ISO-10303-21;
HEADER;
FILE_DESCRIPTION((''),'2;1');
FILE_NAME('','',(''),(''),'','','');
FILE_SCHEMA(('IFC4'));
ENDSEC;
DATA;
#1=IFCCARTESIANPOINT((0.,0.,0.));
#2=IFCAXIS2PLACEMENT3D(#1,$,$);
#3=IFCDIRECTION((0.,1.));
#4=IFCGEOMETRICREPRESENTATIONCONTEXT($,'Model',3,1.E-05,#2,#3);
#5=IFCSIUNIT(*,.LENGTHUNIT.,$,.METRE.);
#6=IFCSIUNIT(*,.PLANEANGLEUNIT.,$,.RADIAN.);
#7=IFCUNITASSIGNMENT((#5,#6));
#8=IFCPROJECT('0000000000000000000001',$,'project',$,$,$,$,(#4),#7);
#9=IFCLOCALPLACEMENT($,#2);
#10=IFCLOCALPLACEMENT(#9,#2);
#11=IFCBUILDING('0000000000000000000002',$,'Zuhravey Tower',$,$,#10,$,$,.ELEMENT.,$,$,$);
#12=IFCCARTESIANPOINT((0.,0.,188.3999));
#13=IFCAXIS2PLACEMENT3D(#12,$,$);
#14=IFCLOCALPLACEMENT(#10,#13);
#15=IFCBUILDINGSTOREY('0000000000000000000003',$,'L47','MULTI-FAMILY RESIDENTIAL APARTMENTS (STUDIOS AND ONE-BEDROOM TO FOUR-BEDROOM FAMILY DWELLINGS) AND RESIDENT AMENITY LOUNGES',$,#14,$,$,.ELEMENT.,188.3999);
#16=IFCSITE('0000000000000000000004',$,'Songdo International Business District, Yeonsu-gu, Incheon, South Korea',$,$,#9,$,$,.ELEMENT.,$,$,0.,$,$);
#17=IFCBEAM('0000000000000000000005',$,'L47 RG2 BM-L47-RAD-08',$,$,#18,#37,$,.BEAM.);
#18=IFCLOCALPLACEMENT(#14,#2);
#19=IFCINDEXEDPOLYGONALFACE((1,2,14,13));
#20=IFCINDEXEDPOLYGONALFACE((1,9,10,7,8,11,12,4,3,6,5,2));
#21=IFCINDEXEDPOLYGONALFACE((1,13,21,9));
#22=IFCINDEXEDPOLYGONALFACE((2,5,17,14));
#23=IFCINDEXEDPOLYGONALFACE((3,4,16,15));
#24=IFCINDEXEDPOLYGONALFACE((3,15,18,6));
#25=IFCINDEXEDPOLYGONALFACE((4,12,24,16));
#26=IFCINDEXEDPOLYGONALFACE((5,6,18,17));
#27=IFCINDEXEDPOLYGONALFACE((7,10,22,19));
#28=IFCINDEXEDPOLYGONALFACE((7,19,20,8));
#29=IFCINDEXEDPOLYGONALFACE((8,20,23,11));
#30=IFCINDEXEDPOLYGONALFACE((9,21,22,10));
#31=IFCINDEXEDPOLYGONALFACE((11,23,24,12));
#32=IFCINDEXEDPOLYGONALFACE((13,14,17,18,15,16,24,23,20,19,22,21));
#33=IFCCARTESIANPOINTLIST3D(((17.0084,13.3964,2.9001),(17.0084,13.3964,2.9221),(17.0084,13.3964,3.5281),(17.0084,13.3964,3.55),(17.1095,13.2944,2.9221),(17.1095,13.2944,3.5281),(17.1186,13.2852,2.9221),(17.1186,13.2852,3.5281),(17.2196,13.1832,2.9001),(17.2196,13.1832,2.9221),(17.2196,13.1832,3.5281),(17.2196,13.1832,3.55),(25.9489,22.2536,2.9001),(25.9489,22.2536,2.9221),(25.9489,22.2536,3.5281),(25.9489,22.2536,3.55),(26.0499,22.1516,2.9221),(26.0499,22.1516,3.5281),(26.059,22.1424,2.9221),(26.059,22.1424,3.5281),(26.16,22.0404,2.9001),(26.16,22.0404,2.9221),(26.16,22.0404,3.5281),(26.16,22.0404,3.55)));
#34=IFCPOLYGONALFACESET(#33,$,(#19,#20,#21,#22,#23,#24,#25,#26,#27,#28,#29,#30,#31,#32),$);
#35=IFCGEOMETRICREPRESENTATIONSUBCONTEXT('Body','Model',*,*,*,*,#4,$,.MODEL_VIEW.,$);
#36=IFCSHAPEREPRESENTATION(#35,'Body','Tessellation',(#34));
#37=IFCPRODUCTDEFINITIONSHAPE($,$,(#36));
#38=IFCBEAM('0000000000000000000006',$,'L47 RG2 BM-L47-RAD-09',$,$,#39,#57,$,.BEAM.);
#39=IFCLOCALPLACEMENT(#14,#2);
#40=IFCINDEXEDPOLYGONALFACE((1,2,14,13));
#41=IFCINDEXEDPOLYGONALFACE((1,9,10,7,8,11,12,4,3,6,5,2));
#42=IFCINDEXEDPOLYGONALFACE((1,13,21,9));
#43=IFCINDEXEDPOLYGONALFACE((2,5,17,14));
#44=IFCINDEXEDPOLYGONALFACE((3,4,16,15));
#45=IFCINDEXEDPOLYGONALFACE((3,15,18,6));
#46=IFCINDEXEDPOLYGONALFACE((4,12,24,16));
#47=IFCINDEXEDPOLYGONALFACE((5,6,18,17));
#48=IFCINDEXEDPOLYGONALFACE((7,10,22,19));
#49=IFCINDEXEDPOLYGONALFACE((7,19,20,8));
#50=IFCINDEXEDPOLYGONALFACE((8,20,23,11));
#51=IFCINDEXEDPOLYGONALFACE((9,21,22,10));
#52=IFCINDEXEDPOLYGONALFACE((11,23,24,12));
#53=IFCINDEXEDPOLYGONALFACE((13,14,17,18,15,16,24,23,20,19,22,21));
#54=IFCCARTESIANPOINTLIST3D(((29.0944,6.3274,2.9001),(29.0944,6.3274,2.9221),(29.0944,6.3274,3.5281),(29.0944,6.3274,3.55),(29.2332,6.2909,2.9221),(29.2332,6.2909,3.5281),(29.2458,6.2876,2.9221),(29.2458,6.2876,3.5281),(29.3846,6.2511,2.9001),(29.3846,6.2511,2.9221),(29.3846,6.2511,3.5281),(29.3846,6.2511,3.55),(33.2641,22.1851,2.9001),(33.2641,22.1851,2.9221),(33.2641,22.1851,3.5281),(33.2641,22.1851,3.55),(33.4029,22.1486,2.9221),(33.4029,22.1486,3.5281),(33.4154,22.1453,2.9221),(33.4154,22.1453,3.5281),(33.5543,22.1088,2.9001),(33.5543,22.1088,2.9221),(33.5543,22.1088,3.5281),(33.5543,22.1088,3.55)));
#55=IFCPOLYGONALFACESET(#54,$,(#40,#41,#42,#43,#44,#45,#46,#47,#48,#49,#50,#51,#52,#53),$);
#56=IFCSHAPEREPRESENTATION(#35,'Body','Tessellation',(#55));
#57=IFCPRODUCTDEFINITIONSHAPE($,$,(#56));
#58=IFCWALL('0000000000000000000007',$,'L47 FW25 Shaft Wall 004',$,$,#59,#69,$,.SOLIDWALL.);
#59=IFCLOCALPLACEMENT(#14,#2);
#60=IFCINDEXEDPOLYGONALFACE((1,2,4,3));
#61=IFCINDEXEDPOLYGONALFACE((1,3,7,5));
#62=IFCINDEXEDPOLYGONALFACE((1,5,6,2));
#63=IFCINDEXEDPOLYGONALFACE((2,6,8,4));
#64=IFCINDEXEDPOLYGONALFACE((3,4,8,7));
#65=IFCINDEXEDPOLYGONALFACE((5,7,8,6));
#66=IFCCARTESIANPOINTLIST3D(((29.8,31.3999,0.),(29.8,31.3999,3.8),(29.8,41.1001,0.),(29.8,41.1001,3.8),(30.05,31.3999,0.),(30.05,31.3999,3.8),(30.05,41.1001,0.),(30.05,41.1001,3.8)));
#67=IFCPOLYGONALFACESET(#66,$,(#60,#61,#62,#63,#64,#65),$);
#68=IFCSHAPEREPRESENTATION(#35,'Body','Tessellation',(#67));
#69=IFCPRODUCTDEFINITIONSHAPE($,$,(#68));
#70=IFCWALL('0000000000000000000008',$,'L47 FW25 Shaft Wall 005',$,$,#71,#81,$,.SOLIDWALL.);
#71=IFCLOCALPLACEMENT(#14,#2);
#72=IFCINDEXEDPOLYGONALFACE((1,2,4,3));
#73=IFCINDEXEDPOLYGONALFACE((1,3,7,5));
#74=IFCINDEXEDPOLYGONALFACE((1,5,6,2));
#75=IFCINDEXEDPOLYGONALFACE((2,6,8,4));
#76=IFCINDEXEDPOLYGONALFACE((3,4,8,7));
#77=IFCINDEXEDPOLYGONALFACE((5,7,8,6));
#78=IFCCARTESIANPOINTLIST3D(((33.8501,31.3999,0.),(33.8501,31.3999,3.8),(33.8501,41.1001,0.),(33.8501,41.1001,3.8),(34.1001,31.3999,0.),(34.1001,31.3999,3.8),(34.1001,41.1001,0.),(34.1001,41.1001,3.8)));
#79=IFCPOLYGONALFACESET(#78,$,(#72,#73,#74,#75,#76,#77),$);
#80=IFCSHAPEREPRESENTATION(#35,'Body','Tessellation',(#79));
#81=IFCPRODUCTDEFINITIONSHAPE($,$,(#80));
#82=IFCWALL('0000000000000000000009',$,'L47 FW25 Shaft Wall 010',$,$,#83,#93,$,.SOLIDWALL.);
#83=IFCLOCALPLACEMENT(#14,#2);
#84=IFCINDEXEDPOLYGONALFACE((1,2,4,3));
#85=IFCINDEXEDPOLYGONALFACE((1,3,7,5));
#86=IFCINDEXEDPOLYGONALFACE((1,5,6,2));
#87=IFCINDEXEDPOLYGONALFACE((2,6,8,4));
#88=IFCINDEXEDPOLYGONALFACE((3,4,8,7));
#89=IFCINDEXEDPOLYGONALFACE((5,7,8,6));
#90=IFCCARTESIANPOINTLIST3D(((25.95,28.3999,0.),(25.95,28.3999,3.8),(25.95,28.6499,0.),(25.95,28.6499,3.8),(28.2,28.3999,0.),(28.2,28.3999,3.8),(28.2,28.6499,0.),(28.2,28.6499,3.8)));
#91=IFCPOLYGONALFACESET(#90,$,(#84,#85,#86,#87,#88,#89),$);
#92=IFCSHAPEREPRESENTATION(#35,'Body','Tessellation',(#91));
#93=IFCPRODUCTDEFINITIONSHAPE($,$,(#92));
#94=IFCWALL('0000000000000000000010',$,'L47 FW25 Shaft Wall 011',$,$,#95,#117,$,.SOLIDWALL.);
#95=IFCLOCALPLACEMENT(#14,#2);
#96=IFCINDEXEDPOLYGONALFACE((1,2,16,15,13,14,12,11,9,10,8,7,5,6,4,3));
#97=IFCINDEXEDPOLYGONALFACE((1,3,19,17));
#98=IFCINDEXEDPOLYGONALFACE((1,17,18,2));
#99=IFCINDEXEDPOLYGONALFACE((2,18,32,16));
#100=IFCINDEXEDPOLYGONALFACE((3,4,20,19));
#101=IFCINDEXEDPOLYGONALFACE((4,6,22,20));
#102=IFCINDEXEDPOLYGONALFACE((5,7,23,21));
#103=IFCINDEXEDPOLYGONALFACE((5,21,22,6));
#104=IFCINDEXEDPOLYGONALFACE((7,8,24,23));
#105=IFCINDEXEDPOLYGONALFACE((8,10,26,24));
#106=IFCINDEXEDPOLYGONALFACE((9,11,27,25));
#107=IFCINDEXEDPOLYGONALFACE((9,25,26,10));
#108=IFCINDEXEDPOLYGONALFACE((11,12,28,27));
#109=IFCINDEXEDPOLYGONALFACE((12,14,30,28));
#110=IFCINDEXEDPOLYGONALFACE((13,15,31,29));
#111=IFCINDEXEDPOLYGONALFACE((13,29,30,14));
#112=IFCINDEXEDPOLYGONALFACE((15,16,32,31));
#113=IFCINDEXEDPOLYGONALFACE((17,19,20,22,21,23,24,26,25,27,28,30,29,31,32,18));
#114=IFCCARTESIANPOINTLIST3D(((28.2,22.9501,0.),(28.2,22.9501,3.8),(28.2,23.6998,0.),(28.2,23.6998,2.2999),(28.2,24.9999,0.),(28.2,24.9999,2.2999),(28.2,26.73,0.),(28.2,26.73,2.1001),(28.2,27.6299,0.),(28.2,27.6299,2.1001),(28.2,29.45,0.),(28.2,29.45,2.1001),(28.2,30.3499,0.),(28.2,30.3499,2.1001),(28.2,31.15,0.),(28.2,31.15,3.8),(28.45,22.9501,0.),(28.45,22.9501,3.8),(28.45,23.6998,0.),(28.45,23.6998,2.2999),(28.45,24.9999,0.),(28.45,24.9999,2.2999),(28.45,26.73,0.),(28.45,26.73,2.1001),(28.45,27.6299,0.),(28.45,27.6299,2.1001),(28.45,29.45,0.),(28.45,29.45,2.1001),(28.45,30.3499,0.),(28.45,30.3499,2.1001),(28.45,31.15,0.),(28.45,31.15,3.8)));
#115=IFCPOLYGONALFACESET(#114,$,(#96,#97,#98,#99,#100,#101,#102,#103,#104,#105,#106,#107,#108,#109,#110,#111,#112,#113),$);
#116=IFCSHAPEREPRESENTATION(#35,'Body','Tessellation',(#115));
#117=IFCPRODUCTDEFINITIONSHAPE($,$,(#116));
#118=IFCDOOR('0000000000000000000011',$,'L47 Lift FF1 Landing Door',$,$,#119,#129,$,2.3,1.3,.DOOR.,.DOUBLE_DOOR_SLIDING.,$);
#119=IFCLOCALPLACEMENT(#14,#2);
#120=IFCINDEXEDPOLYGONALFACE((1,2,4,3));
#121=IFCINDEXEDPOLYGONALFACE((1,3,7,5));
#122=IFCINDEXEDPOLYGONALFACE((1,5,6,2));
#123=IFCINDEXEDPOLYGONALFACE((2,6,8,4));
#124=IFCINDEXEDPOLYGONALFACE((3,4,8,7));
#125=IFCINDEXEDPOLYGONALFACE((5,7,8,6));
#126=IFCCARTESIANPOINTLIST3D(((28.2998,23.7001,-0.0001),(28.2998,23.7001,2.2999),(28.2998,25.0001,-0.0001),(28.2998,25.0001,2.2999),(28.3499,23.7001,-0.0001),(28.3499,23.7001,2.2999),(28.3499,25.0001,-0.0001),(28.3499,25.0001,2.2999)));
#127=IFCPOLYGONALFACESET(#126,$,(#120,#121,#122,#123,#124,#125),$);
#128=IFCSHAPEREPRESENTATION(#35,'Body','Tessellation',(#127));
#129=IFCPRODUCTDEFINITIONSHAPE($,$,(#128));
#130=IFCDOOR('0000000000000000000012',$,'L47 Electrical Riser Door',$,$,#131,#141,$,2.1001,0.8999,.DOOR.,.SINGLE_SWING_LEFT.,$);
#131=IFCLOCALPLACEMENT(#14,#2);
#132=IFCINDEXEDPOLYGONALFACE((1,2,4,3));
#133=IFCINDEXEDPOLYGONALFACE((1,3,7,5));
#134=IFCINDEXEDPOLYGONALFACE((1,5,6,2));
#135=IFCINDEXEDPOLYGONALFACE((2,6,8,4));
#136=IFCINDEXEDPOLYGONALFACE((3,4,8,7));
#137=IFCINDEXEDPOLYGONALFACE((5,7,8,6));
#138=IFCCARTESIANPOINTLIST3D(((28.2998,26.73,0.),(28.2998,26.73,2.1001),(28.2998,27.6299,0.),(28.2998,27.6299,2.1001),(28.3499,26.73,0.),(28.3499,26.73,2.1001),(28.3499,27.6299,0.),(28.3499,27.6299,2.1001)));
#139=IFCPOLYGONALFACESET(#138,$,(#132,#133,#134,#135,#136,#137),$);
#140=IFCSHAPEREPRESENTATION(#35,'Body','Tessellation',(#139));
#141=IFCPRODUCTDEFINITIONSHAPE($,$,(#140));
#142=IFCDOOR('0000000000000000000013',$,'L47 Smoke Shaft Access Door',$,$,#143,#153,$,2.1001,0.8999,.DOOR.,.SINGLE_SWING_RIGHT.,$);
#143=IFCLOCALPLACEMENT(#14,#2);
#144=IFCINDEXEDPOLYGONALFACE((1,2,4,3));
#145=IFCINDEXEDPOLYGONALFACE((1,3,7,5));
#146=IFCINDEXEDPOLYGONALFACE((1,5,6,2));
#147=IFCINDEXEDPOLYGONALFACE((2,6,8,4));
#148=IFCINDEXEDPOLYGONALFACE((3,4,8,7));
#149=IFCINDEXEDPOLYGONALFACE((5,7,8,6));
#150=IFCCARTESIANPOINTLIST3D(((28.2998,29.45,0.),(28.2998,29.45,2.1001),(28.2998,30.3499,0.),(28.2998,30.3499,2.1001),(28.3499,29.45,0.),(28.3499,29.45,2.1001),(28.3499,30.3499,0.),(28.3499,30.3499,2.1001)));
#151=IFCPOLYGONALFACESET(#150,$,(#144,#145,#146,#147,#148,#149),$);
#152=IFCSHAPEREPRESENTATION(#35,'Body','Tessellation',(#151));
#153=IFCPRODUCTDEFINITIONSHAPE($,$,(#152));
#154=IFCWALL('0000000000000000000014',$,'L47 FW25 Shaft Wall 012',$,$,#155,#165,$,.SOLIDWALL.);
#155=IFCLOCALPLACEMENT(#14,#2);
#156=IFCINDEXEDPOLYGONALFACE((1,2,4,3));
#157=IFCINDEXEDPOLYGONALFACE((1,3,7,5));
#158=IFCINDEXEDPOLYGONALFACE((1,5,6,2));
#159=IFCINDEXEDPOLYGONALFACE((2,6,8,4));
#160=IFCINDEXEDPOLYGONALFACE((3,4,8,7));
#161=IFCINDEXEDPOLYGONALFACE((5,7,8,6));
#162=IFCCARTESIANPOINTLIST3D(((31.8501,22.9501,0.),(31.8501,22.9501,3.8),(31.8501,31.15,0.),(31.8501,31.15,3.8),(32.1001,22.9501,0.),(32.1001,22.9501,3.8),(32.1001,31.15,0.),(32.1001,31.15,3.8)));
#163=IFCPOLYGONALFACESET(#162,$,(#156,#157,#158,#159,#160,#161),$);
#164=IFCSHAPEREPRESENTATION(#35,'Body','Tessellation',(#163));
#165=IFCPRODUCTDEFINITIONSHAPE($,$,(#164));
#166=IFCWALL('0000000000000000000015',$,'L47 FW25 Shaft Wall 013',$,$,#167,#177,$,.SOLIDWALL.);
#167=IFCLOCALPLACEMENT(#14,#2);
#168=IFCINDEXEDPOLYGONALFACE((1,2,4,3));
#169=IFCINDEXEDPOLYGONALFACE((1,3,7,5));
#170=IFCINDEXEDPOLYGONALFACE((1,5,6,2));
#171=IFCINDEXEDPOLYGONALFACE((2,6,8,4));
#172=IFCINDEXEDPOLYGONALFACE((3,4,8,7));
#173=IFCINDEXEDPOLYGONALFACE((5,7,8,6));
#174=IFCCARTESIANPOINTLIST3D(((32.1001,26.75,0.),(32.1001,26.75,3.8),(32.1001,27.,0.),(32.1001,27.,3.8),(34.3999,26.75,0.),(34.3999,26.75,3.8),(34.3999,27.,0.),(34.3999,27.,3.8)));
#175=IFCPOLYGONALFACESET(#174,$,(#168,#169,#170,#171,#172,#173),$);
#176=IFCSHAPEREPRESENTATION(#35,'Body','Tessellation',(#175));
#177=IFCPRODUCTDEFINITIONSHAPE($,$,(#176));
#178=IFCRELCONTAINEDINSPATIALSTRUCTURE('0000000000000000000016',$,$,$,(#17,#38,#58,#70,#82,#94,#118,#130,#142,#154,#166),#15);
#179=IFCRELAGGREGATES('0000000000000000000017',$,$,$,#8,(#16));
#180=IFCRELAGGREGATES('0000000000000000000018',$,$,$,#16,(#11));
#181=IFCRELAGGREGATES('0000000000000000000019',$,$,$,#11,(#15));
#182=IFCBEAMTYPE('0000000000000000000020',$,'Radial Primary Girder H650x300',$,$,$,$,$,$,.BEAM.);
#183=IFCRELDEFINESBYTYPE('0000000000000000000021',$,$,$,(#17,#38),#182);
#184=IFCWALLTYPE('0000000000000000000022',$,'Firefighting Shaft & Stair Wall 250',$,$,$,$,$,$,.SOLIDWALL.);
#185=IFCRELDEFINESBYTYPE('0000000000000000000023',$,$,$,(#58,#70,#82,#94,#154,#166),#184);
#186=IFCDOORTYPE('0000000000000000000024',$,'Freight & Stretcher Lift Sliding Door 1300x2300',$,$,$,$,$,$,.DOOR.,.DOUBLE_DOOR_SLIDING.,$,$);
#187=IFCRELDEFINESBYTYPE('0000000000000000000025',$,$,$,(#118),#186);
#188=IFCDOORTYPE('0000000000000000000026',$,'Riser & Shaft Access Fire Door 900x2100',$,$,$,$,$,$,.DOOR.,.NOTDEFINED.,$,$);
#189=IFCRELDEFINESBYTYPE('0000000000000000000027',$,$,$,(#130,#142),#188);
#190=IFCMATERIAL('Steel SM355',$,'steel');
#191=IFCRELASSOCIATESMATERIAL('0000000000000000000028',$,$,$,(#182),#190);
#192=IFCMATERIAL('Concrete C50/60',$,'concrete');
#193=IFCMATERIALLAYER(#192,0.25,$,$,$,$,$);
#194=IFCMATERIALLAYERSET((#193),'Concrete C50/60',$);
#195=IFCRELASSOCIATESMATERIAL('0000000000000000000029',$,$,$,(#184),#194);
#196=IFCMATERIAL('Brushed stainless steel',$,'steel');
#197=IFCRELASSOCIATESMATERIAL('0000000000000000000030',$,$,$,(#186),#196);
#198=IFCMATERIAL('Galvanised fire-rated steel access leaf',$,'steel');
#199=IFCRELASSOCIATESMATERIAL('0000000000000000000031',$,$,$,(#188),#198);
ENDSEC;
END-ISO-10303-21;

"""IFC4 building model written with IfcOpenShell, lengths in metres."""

from ifc_helpers import new_model, si_unit, direction, frame, frame_2d, origin, origin_2d, place, context, subcontext, project, spatial, rectangle, i_section, extrude, material, layer, layer_set, material_profile, profile_set, type_object, element, fill, save


model = new_model("IFC4")

# Units and contexts
model_context = context("Model", 3, precision=1e-05, world=origin(), true_north=direction((0.0, 1.0)))
body_context = subcontext(model_context, "Body", "Model", "MODEL_VIEW")
ifc_project = project(units=[si_unit("LENGTHUNIT", "METRE"), si_unit("PLANEANGLEUNIT", "RADIAN")], contexts=[model_context])

# Site, building, storey
site_placement = place(None, origin())
site = spatial("IfcSite", under=ifc_project, at=site_placement, Name="Songdo International Business District, Yeonsu-gu, Incheon, South Korea", CompositionType="ELEMENT", RefElevation=0.0)
building_placement = place(site_placement, origin())
building = spatial("IfcBuilding", under=site, at=building_placement, Name="Zuhravey Tower", CompositionType="ELEMENT")
storey_placement = place(building_placement, frame((0.0, 0.0, 188.3999)))
storey = spatial("IfcBuildingStorey", under=building, at=storey_placement, Name="L47", Description="MULTI-FAMILY RESIDENTIAL APARTMENTS (STUDIOS AND ONE-BEDROOM TO FOUR-BEDROOM FAMILY DWELLINGS) AND RESIDENT AMENITY LOUNGES", CompositionType="ELEMENT", Elevation=188.3999)

# Beams
ifc_material_1 = material(Name="Steel SM355", Category="steel")
ifc_material_profile = material_profile(ifc_material_1, i_section(OverallWidth=0.3, OverallDepth=0.6499, WebThickness=0.0129, FlangeThickness=0.022, at=origin_2d()), Name="H-650x300x13x22")
ifc_profile_set = profile_set([ifc_material_profile], Name="Steel SM355")
beam_type = type_object("IfcBeamType", Name="Radial Primary Girder H650x300", PredefinedType="BEAM", material=ifc_profile_set)
beam_1_placement = place(storey_placement, frame((26.0544, 22.147, 3.2251), z_axis=(-0.710407, -0.703791, 0.0), x_axis=(0.703791, -0.710407, 0.0)))
element("IfcBeam", 1, at=beam_1_placement, inside=storey, type_object=beam_type, Name="L47 RG2 BM-L47-RAD-08", PredefinedType="BEAM", context=body_context, shape_type="SweptSolid", body=[
    extrude(i_section(OverallWidth=0.3, OverallDepth=0.6499, WebThickness=0.0129, FlangeThickness=0.022, at=origin_2d()), origin(), (0.0, 0.0, 1.0), 12.585),
])
beam_2_placement = place(storey_placement, frame((33.4092, 22.147, 3.2251), z_axis=(-0.2543, -0.967125, 0.0), x_axis=(0.967125, -0.2543, 0.0)))
element("IfcBeam", 2, at=beam_2_placement, inside=storey, type_object=beam_type, Name="L47 RG2 BM-L47-RAD-09", PredefinedType="BEAM", context=body_context, shape_type="SweptSolid", body=[
    extrude(i_section(OverallWidth=0.3, OverallDepth=0.6499, WebThickness=0.0129, FlangeThickness=0.022, at=origin_2d()), origin(), (0.0, 0.0, 1.0), 16.3967),
])

# Shared definitions
ifc_material_2 = material(Name="Concrete C50/60", Category="concrete")
ifc_layer = layer(ifc_material_2, 0.25)
ifc_layer_set = layer_set([ifc_layer], Name="Concrete C50/60")
wall_type = type_object("IfcWallType", Name="Firefighting Shaft & Stair Wall 250", PredefinedType="SOLIDWALL", material=ifc_layer_set)

# Walls
for number, where, z_axis, x_axis, name in (
    (3, (29.925, 31.3999, 0.0), (0.0, 0.0, 1.0), (0.0, 1.0, 0.0), "L47 FW25 Shaft Wall 004"),
    (4, (33.9751, 31.3999, 0.0), (0.0, 0.0, 1.0), (0.0, 1.0, 0.0), "L47 FW25 Shaft Wall 005"),
):
    element("IfcWall", number, at=place(storey_placement, frame(where, z_axis=z_axis, x_axis=x_axis)), inside=storey, type_object=wall_type, Name=name, PredefinedType="SOLIDWALL", context=body_context, shape_type="SweptSolid", body=[
        extrude(rectangle(XDim=9.7002, YDim=0.25, at=frame_2d((4.8501, 0.0))), origin(), (0.0, 0.0, 1.0), 3.8),
    ])
wall_1_placement = place(storey_placement, frame((25.95, 28.5249, 0.0), z_axis=(0.0, 0.0, 1.0), x_axis=(1.0, 0.0, 0.0)))
element("IfcWall", 5, at=wall_1_placement, inside=storey, type_object=wall_type, Name="L47 FW25 Shaft Wall 010", PredefinedType="SOLIDWALL", context=body_context, shape_type="SweptSolid", body=[
    extrude(rectangle(XDim=2.25, YDim=0.25, at=frame_2d((1.125, 0.0))), origin(), (0.0, 0.0, 1.0), 3.8),
])

# Wall, openings, doors
wall_2_placement = place(storey_placement, frame((28.325, 22.95, 0.0), z_axis=(0.0, 0.0, 1.0), x_axis=(0.0, 1.0, 0.0)))
wall_2 = element("IfcWall", 6, at=wall_2_placement, inside=storey, type_object=wall_type, Name="L47 FW25 Shaft Wall 011", PredefinedType="SOLIDWALL", context=body_context, shape_type="SweptSolid", body=[
    extrude(rectangle(XDim=8.2, YDim=0.25, at=frame_2d((4.1001, 0.0))), origin(), (0.0, 0.0, 1.0), 3.8),
])
opening_1_placement = place(wall_2_placement, frame((0.75, 0.0, 0.0)))
opening_1 = element("IfcOpeningElement", 7, at=opening_1_placement, cuts=wall_2, PredefinedType="OPENING", context=body_context, shape_type="SweptSolid", body=[
    extrude(rectangle(XDim=1.3, YDim=2.3, at=frame_2d((0.6499, 1.1499))), frame((0.0, 0.137, 0.0), z_axis=(0.0, -1.0, 0.0), x_axis=(1.0, 0.0, 0.0)), (0.0, 0.0, 1.0), 0.2739),
])
opening_2_placement = place(wall_2_placement, frame((3.78, 0.0, 0.0)))
opening_2 = element("IfcOpeningElement", 8, at=opening_2_placement, cuts=wall_2, PredefinedType="OPENING", context=body_context, shape_type="SweptSolid", body=[
    extrude(rectangle(XDim=0.8999, YDim=2.1001, at=frame_2d((0.45, 1.05))), frame((0.0, 0.137, 0.0), z_axis=(0.0, -1.0, 0.0), x_axis=(1.0, 0.0, 0.0)), (0.0, 0.0, 1.0), 0.2739),
])
opening_3_placement = place(wall_2_placement, frame((6.5, 0.0, 0.0)))
opening_3 = element("IfcOpeningElement", 9, at=opening_3_placement, cuts=wall_2, PredefinedType="OPENING", context=body_context, shape_type="SweptSolid", body=[
    extrude(rectangle(XDim=0.8999, YDim=2.1001, at=frame_2d((0.45, 1.05))), frame((0.0, 0.137, 0.0), z_axis=(0.0, -1.0, 0.0), x_axis=(1.0, 0.0, 0.0)), (0.0, 0.0, 1.0), 0.2739),
])
ifc_material_3 = material(Name="Brushed stainless steel", Category="steel")
door_type_1 = type_object("IfcDoorType", Name="Freight & Stretcher Lift Sliding Door 1300x2300", OperationType="DOUBLE_DOOR_SLIDING", PredefinedType="DOOR", material=ifc_material_3)
door_1_placement = place(opening_1_placement, frame((1.3, 0.0, 0.0), z_axis=(0.0, 0.0, 1.0), x_axis=(-1.0, 0.0, 0.0)))
door_1 = element("IfcDoor", 10, at=door_1_placement, inside=storey, type_object=door_type_1, Name="L47 Lift FF1 Landing Door", OperationType="DOUBLE_DOOR_SLIDING", OverallHeight=2.3, OverallWidth=1.3, PredefinedType="DOOR", context=body_context, shape_type="SweptSolid", body=[
    extrude(rectangle(XDim=1.3, YDim=2.3, at=frame_2d((0.6499, 1.1499))), frame((0.0, 0.0249, 0.0), z_axis=(0.0, -1.0, 0.0), x_axis=(1.0, 0.0, 0.0)), (0.0, 0.0, 1.0), 0.05),
])
fill(opening_1, door_1)
ifc_material_4 = material(Name="Galvanised fire-rated steel access leaf", Category="steel")
door_type_2 = type_object("IfcDoorType", Name="Riser & Shaft Access Fire Door 900x2100", OperationType="NOTDEFINED", PredefinedType="DOOR", material=ifc_material_4)
door_2_placement = place(opening_2_placement, frame((0.8999, 0.0, 0.0), z_axis=(0.0, 0.0, 1.0), x_axis=(-1.0, 0.0, 0.0)))
door_2 = element("IfcDoor", 11, at=door_2_placement, inside=storey, type_object=door_type_2, Name="L47 Electrical Riser Door", OperationType="SINGLE_SWING_LEFT", OverallHeight=2.1001, OverallWidth=0.8999, PredefinedType="DOOR", context=body_context, shape_type="SweptSolid", body=[
    extrude(rectangle(XDim=0.8999, YDim=2.1001, at=frame_2d((0.45, 1.05))), frame((0.0, 0.0249, 0.0), z_axis=(0.0, -1.0, 0.0), x_axis=(1.0, 0.0, 0.0)), (0.0, 0.0, 1.0), 0.05),
])
fill(opening_2, door_2)
door_3_placement = place(opening_3_placement, frame((0.8999, 0.0, 0.0), z_axis=(0.0, 0.0, 1.0), x_axis=(-1.0, 0.0, 0.0)))
door_3 = element("IfcDoor", 12, at=door_3_placement, inside=storey, type_object=door_type_2, Name="L47 Smoke Shaft Access Door", OperationType="SINGLE_SWING_RIGHT", OverallHeight=2.1001, OverallWidth=0.8999, PredefinedType="DOOR", context=body_context, shape_type="SweptSolid", body=[
    extrude(rectangle(XDim=0.8999, YDim=2.1001, at=frame_2d((0.45, 1.05))), frame((0.0, 0.0249, 0.0), z_axis=(0.0, -1.0, 0.0), x_axis=(1.0, 0.0, 0.0)), (0.0, 0.0, 1.0), 0.05),
])
fill(opening_3, door_3)

# Walls
wall_3_placement = place(storey_placement, frame((31.9751, 22.95, 0.0), z_axis=(0.0, 0.0, 1.0), x_axis=(0.0, 1.0, 0.0)))
element("IfcWall", 13, at=wall_3_placement, inside=storey, type_object=wall_type, Name="L47 FW25 Shaft Wall 012", PredefinedType="SOLIDWALL", context=body_context, shape_type="SweptSolid", body=[
    extrude(rectangle(XDim=8.2, YDim=0.25, at=frame_2d((4.1001, 0.0))), origin(), (0.0, 0.0, 1.0), 3.8),
])
wall_4_placement = place(storey_placement, frame((32.1001, 26.875, 0.0), z_axis=(0.0, 0.0, 1.0), x_axis=(1.0, 0.0, 0.0)))
element("IfcWall", 14, at=wall_4_placement, inside=storey, type_object=wall_type, Name="L47 FW25 Shaft Wall 013", PredefinedType="SOLIDWALL", context=body_context, shape_type="SweptSolid", body=[
    extrude(rectangle(XDim=2.2998, YDim=0.25, at=frame_2d((1.1499, 0.0))), origin(), (0.0, 0.0, 1.0), 3.8),
])

save(model, "model.ifc")
